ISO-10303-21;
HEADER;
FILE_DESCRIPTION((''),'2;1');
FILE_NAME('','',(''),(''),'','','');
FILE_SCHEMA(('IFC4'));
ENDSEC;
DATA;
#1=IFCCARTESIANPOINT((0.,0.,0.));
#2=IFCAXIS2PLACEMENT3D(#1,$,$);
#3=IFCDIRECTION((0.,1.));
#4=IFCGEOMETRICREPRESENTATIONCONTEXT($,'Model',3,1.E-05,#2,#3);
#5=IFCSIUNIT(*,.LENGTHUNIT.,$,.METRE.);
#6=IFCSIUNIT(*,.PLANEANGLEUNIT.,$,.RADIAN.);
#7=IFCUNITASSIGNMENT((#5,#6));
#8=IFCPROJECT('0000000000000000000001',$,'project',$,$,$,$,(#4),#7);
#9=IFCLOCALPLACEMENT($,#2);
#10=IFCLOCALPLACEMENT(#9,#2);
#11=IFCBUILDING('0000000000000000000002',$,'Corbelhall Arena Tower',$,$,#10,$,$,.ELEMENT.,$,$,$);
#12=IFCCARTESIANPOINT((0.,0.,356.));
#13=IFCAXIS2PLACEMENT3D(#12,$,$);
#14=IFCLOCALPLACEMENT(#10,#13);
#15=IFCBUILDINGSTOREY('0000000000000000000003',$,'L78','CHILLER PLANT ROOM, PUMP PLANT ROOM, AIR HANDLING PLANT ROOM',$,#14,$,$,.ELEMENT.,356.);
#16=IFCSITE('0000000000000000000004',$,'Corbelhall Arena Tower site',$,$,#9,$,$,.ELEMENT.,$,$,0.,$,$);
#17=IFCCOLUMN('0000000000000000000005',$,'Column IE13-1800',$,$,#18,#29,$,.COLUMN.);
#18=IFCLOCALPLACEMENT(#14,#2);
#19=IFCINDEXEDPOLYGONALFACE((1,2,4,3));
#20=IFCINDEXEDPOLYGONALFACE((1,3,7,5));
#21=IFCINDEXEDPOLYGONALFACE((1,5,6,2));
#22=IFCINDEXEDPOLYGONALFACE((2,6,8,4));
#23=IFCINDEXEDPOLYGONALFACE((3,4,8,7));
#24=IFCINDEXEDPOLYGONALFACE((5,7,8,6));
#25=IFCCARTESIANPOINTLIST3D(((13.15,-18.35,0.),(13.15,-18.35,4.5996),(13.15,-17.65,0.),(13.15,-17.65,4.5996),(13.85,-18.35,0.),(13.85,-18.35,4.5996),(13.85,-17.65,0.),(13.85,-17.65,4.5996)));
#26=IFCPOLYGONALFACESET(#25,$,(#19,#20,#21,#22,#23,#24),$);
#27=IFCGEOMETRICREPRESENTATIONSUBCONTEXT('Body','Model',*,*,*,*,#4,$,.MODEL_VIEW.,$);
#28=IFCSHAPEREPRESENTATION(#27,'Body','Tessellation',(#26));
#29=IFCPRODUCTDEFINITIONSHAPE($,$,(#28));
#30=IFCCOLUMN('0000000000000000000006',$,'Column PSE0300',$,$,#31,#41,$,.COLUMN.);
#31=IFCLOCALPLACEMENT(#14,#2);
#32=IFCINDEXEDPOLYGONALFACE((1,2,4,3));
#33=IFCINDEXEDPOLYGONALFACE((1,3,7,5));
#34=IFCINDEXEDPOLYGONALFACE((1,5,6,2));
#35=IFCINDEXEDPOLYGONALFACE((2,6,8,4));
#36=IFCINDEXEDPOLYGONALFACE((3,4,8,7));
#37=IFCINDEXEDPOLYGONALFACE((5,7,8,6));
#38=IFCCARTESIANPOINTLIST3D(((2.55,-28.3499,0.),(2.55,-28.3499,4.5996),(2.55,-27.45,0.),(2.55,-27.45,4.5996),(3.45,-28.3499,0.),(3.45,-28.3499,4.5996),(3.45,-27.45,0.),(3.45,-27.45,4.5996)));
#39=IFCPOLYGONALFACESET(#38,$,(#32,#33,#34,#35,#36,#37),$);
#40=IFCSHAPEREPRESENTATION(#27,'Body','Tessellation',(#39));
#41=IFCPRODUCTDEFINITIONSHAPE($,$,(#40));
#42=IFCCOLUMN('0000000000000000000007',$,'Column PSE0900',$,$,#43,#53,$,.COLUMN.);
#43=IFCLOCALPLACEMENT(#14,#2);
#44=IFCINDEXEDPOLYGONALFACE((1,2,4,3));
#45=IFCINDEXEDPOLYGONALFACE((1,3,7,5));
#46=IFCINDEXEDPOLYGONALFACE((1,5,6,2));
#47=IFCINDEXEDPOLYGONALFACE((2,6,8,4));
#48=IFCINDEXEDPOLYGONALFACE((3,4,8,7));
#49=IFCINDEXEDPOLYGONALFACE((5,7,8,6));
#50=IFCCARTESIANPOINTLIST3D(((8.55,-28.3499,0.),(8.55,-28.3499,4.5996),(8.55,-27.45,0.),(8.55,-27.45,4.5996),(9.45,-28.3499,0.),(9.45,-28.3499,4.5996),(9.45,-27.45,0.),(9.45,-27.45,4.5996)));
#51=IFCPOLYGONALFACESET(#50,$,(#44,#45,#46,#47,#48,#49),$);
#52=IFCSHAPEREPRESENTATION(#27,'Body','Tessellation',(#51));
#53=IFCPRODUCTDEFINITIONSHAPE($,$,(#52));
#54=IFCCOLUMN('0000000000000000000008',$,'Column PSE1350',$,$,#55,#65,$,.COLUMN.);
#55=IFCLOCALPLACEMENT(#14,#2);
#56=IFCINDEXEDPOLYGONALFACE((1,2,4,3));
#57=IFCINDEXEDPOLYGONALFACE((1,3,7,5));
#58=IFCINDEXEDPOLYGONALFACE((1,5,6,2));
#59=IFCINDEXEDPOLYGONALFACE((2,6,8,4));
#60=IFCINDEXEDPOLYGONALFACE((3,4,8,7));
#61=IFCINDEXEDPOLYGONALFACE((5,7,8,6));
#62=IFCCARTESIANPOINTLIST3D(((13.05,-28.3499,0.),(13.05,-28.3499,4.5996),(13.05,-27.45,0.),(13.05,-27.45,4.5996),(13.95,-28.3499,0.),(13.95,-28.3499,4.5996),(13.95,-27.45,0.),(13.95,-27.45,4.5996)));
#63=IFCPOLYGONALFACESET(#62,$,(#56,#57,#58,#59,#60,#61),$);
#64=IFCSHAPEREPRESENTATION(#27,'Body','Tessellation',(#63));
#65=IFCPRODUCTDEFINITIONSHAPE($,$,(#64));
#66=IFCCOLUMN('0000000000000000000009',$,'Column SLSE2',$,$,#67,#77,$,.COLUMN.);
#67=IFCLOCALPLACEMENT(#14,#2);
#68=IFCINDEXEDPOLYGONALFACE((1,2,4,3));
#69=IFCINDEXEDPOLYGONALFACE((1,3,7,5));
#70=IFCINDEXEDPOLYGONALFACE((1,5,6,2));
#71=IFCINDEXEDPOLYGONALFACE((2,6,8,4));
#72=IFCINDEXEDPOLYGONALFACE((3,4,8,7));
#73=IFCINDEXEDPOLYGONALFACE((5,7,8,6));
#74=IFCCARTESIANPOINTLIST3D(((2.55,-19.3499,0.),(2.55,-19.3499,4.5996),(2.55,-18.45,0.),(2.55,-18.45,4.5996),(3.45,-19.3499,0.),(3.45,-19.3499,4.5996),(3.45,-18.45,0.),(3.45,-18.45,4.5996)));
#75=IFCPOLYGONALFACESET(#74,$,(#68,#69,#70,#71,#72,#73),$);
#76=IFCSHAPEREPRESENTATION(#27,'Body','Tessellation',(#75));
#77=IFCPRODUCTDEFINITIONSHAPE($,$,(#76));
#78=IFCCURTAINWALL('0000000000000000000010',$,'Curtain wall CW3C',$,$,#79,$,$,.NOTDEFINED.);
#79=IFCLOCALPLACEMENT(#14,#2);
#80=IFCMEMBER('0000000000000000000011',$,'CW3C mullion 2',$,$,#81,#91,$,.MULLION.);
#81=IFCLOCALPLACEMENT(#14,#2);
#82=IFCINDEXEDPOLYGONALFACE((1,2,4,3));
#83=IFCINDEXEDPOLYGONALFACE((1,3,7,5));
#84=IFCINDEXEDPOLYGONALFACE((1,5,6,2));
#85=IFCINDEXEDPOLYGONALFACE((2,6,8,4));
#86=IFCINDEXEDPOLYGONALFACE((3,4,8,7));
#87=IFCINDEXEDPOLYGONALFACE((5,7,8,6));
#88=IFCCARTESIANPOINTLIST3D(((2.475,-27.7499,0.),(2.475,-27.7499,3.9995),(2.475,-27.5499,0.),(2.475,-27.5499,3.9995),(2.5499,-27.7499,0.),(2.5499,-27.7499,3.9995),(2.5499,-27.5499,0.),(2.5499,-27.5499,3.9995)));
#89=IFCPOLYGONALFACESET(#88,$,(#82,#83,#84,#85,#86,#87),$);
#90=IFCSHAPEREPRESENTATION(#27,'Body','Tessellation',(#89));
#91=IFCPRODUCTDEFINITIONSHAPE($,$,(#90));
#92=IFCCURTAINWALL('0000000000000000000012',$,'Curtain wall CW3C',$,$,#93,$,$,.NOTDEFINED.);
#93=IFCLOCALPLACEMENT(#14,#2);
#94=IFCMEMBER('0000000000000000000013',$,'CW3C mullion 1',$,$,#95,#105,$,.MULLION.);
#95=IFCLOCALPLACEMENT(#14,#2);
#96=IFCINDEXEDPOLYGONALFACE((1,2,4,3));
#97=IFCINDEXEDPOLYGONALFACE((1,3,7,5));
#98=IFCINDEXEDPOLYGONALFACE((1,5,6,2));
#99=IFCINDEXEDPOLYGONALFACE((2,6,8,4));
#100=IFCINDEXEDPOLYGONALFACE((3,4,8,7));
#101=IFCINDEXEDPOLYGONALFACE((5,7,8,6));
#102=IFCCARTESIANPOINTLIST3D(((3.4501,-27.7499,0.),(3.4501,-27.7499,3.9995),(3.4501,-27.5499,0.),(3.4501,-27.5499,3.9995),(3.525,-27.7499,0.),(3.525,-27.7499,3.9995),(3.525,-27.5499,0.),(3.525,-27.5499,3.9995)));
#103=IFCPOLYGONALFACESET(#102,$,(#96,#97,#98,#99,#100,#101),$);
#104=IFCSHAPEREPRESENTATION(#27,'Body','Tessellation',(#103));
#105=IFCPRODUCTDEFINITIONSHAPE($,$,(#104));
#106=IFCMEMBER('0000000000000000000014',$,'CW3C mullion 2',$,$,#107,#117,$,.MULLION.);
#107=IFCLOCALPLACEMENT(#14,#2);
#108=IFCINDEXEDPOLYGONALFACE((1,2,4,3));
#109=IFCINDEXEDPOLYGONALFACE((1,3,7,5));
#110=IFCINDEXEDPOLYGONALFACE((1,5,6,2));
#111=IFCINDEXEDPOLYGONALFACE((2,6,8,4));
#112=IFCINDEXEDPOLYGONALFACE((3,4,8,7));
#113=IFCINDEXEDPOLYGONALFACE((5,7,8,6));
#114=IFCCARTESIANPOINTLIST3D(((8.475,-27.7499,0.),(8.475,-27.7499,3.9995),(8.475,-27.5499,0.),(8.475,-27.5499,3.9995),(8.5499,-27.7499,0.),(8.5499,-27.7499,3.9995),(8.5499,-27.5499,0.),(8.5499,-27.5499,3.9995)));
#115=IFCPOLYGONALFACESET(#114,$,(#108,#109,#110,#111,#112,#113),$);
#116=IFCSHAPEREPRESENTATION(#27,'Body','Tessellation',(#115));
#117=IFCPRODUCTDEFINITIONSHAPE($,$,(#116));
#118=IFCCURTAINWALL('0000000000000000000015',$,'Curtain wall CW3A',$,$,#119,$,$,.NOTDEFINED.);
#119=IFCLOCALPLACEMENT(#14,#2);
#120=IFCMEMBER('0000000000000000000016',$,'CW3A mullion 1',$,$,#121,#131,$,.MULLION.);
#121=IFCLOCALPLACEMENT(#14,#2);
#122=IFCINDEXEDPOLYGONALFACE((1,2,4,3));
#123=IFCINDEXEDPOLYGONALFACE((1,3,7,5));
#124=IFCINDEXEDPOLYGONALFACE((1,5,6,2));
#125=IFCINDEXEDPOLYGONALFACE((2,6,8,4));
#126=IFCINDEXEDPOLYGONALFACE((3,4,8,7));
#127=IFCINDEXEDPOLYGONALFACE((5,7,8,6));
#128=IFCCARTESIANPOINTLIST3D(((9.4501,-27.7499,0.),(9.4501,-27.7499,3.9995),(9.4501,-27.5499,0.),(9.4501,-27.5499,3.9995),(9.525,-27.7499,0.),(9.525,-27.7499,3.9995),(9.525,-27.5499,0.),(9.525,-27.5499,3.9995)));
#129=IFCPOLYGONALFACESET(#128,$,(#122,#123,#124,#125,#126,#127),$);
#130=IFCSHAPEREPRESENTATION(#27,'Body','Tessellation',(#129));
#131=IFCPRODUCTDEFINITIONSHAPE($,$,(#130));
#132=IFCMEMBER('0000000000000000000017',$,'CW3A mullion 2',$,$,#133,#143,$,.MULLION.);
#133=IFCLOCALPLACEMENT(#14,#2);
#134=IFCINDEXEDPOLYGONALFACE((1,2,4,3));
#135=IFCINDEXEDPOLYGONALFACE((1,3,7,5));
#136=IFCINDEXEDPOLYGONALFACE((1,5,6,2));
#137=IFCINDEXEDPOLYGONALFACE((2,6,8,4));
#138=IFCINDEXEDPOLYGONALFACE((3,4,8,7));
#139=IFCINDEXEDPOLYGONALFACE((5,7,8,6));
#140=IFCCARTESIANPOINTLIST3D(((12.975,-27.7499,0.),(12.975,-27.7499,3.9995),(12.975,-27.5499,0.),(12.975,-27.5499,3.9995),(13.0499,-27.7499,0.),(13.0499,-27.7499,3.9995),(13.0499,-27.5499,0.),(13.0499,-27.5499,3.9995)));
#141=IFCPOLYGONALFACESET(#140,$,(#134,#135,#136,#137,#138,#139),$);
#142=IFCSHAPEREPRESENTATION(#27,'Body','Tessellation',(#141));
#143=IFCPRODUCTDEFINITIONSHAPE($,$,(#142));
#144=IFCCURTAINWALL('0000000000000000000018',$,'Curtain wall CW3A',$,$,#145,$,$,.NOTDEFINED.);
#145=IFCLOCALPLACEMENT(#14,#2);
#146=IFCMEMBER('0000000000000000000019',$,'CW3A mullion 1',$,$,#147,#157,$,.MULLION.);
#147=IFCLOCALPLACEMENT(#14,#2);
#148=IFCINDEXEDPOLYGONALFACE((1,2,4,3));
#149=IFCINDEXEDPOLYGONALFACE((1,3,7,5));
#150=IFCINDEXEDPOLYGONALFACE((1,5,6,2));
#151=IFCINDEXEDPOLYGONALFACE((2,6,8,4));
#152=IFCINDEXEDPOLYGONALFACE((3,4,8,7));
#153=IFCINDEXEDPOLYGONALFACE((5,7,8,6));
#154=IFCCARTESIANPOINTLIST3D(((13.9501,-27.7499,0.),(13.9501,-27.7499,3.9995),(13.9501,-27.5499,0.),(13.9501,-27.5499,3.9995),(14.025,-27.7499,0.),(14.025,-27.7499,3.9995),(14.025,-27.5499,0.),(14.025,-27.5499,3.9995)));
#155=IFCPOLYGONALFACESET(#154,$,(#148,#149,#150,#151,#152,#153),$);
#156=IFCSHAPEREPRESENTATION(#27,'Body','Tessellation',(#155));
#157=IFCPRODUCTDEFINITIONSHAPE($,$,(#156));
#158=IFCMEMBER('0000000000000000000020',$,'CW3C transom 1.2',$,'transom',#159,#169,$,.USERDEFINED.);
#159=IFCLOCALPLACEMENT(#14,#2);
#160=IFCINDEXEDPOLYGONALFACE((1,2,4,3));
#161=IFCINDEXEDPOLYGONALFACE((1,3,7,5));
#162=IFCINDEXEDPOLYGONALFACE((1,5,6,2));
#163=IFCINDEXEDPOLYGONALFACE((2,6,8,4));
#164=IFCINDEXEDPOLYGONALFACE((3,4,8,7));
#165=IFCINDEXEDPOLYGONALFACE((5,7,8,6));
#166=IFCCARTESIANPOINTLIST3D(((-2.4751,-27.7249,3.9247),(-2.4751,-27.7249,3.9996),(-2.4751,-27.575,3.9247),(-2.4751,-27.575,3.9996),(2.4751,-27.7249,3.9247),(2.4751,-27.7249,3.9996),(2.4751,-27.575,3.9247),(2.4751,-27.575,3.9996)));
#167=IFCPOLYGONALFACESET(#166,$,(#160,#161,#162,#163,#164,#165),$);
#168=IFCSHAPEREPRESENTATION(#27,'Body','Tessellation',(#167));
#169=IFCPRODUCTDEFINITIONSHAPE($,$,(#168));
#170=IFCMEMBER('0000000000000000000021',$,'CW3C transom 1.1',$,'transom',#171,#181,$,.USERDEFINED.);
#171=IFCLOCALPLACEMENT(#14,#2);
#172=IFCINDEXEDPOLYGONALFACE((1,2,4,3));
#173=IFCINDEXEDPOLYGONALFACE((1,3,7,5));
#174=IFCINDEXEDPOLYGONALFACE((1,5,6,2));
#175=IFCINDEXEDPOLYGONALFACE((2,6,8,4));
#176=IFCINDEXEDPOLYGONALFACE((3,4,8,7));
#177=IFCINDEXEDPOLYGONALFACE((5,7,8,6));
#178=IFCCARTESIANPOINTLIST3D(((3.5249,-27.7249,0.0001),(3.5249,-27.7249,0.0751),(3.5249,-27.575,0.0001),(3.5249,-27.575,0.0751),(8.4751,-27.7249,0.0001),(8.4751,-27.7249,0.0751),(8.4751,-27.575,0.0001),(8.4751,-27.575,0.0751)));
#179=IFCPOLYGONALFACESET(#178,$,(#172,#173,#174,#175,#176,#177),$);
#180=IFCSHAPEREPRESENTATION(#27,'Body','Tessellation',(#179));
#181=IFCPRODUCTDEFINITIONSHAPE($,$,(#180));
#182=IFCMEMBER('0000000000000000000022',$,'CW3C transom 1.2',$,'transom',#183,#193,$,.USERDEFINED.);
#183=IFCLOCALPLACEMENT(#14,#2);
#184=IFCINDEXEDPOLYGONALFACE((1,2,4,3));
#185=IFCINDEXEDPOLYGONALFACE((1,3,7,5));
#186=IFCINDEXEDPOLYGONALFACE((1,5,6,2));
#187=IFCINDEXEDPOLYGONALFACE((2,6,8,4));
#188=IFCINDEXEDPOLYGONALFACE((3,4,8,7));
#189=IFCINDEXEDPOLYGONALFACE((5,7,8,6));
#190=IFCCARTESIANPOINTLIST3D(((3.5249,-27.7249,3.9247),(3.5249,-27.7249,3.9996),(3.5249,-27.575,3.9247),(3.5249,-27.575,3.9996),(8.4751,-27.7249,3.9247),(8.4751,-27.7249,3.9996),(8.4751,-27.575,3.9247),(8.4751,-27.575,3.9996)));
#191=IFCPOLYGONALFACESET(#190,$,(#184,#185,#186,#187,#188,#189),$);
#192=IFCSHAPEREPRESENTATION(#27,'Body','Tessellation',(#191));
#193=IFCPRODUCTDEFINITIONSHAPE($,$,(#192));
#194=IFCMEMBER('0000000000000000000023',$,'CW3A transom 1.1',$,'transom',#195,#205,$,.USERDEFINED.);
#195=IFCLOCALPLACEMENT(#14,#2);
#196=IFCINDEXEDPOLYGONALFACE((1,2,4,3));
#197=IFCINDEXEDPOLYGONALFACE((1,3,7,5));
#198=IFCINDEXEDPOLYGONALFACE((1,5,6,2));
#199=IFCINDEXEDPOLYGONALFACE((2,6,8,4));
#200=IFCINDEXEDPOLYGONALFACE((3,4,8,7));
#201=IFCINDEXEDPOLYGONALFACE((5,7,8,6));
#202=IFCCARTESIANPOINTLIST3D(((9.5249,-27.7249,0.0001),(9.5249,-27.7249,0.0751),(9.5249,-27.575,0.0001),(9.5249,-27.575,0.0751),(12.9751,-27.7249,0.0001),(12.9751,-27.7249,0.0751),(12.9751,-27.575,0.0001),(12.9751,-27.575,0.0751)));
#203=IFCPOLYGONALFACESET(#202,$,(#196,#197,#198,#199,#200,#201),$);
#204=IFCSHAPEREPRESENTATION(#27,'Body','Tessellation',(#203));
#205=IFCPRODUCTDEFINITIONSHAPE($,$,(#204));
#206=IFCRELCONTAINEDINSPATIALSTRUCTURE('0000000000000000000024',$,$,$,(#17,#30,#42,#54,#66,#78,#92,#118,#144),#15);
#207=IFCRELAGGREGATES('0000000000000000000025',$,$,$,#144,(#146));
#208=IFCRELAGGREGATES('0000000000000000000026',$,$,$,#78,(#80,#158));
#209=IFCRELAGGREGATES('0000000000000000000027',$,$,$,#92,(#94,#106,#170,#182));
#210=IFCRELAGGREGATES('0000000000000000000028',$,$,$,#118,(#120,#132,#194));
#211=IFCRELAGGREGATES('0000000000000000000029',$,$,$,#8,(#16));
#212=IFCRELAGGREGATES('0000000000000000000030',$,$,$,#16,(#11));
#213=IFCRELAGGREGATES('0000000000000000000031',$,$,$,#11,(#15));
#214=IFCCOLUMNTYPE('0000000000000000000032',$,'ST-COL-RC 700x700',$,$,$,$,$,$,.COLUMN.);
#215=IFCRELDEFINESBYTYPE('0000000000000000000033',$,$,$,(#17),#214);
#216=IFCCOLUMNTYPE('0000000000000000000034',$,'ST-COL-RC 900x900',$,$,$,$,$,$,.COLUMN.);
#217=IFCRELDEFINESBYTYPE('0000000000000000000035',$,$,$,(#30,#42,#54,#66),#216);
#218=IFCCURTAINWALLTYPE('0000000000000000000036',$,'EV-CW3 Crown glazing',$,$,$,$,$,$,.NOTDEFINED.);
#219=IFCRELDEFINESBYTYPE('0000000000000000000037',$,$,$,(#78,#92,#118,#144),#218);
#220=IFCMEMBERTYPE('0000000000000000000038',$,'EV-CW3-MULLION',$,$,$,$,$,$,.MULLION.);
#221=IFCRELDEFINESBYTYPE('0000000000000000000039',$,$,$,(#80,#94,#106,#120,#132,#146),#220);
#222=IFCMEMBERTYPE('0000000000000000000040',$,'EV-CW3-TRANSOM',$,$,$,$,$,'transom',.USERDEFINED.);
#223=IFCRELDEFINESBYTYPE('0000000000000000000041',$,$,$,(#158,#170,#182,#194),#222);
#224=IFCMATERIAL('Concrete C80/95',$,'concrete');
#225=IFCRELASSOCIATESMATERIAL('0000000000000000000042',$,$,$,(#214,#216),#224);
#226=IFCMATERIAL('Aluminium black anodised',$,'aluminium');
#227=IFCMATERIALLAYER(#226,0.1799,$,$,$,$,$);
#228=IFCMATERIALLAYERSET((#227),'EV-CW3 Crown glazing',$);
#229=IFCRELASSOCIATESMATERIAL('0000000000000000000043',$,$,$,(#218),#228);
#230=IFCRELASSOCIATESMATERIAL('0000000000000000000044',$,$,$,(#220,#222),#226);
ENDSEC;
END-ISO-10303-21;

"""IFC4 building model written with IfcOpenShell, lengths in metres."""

from ifc_helpers import new_model, si_unit, direction, frame, origin, origin_2d, place, context, subcontext, project, spatial, rectangle, extrude, material, layer, layer_set, material_profile, profile_set, type_object, element, aggregate, save


model = new_model("IFC4")

# Units and contexts
model_context = context("Model", 3, precision=1e-05, world=origin(), true_north=direction((0.0, 1.0)))
body_context = subcontext(model_context, "Body", "Model", "MODEL_VIEW")
ifc_project = project(units=[si_unit("LENGTHUNIT", "METRE"), si_unit("PLANEANGLEUNIT", "RADIAN")], contexts=[model_context])

# Site, building, storey
site_placement = place(None, origin())
site = spatial("IfcSite", under=ifc_project, at=site_placement, Name="Corbelhall Arena Tower site", CompositionType="ELEMENT", RefElevation=0.0)
building_placement = place(site_placement, origin())
building = spatial("IfcBuilding", under=site, at=building_placement, Name="Corbelhall Arena Tower", CompositionType="ELEMENT")
storey_placement = place(building_placement, frame((0.0, 0.0, 356.0)))
storey = spatial("IfcBuildingStorey", under=building, at=storey_placement, Name="L78", Description="CHILLER PLANT ROOM, PUMP PLANT ROOM, AIR HANDLING PLANT ROOM", CompositionType="ELEMENT", Elevation=356.0)

# Columns
ifc_material_1 = material(Name="Concrete C80/95", Category="concrete")
ifc_material_profile_1 = material_profile(ifc_material_1, rectangle(XDim=0.7, YDim=0.7, at=origin_2d()))
ifc_profile_set_1 = profile_set([ifc_material_profile_1], Name="Concrete C80/95")
column_type_1 = type_object("IfcColumnType", Name="ST-COL-RC 700x700", PredefinedType="COLUMN", material=ifc_profile_set_1)
column_placement = place(storey_placement, frame((13.5, -18.0, 0.0), z_axis=(0.0, 0.0, 1.0), x_axis=(1.0, 0.0, 0.0)))
element("IfcColumn", 1, at=column_placement, inside=storey, type_object=column_type_1, Name="Column IE13-1800", PredefinedType="COLUMN", context=body_context, shape_type="SweptSolid", body=[
    extrude(rectangle(XDim=0.7, YDim=0.7, at=origin_2d()), origin(), (0.0, 0.0, 1.0), 4.5996),
])
ifc_material_profile_2 = material_profile(ifc_material_1, rectangle(XDim=0.8999, YDim=0.8999, at=origin_2d()))
ifc_profile_set_2 = profile_set([ifc_material_profile_2], Name="Concrete C80/95")
column_type_2 = type_object("IfcColumnType", Name="ST-COL-RC 900x900", PredefinedType="COLUMN", material=ifc_profile_set_2)
for number, where, z_axis, x_axis, name in (
    (2, (3.0, -27.8999, 0.0), (0.0, 0.0, 1.0), (1.0, 0.0, 0.0), "Column PSE0300"),
    (3, (9.0, -27.8999, 0.0), (0.0, 0.0, 1.0), (1.0, 0.0, 0.0), "Column PSE0900"),
    (4, (13.5, -27.8999, 0.0), (0.0, 0.0, 1.0), (1.0, 0.0, 0.0), "Column PSE1350"),
    (5, (3.0, -18.8999, 0.0), (0.0, 0.0, 1.0), (1.0, 0.0, 0.0), "Column SLSE2"),
):
    element("IfcColumn", number, at=place(storey_placement, frame(where, z_axis=z_axis, x_axis=x_axis)), inside=storey, type_object=column_type_2, Name=name, PredefinedType="COLUMN", context=body_context, shape_type="SweptSolid", body=[
        extrude(rectangle(XDim=0.8999, YDim=0.8999, at=origin_2d()), origin(), (0.0, 0.0, 1.0), 4.5996),
    ])

# Curtain wall, member
ifc_material_2 = material(Name="Aluminium black anodised", Category="aluminium")
ifc_layer_1 = layer(ifc_material_2, 0.1799)
ifc_layer_set_1 = layer_set([ifc_layer_1], Name="EV-CW3 Crown glazing")
curtain_wall_type = type_object("IfcCurtainWallType", Name="EV-CW3 Crown glazing", PredefinedType="NOTDEFINED", material=ifc_layer_set_1)
curtain_wall_1_placement = place(storey_placement, origin())
curtain_wall_1 = element("IfcCurtainWall", 6, at=curtain_wall_1_placement, inside=storey, type_object=curtain_wall_type, Name="Curtain wall CW3C", PredefinedType="NOTDEFINED")
ifc_material_profile_3 = material_profile(ifc_material_2, rectangle(XDim=0.2, YDim=0.075, at=origin_2d()))
ifc_profile_set_3 = profile_set([ifc_material_profile_3], Name="Aluminium black anodised")
member_type_1 = type_object("IfcMemberType", Name="EV-CW3-MULLION", PredefinedType="MULLION", material=ifc_profile_set_3)
member_1_placement = place(storey_placement, frame((2.5125, -27.6499, 0.0), z_axis=(0.0, 0.0, 1.0), x_axis=(0.0, 1.0, 0.0)))
member_1 = element("IfcMember", 7, at=member_1_placement, type_object=member_type_1, Name="CW3C mullion 2", PredefinedType="MULLION", context=body_context, shape_type="SweptSolid", body=[
    extrude(rectangle(XDim=0.2, YDim=0.075, at=origin_2d()), origin(), (0.0, 0.0, 1.0), 3.9995),
])

# Curtain walls, members
curtain_wall_2_placement = place(storey_placement, origin())
curtain_wall_2 = element("IfcCurtainWall", 8, at=curtain_wall_2_placement, inside=storey, type_object=curtain_wall_type, Name="Curtain wall CW3C", PredefinedType="NOTDEFINED")
member_2_placement = place(storey_placement, frame((3.4875, -27.6499, 0.0), z_axis=(0.0, 0.0, 1.0), x_axis=(0.0, 1.0, 0.0)))
member_2 = element("IfcMember", 9, at=member_2_placement, type_object=member_type_1, Name="CW3C mullion 1", PredefinedType="MULLION", context=body_context, shape_type="SweptSolid", body=[
    extrude(rectangle(XDim=0.2, YDim=0.075, at=origin_2d()), origin(), (0.0, 0.0, 1.0), 3.9995),
])
member_3_placement = place(storey_placement, frame((8.5125, -27.6499, 0.0), z_axis=(0.0, 0.0, 1.0), x_axis=(0.0, 1.0, 0.0)))
member_3 = element("IfcMember", 10, at=member_3_placement, type_object=member_type_1, Name="CW3C mullion 2", PredefinedType="MULLION", context=body_context, shape_type="SweptSolid", body=[
    extrude(rectangle(XDim=0.2, YDim=0.075, at=origin_2d()), origin(), (0.0, 0.0, 1.0), 3.9995),
])
curtain_wall_3_placement = place(storey_placement, origin())
curtain_wall_3 = element("IfcCurtainWall", 11, at=curtain_wall_3_placement, inside=storey, type_object=curtain_wall_type, Name="Curtain wall CW3A", PredefinedType="NOTDEFINED")
member_4_placement = place(storey_placement, frame((9.4875, -27.6499, 0.0), z_axis=(0.0, 0.0, 1.0), x_axis=(0.0, 1.0, 0.0)))
member_4 = element("IfcMember", 12, at=member_4_placement, type_object=member_type_1, Name="CW3A mullion 1", PredefinedType="MULLION", context=body_context, shape_type="SweptSolid", body=[
    extrude(rectangle(XDim=0.2, YDim=0.075, at=origin_2d()), origin(), (0.0, 0.0, 1.0), 3.9995),
])
member_5_placement = place(storey_placement, frame((13.0125, -27.6499, 0.0), z_axis=(0.0, 0.0, 1.0), x_axis=(0.0, 1.0, 0.0)))
member_5 = element("IfcMember", 13, at=member_5_placement, type_object=member_type_1, Name="CW3A mullion 2", PredefinedType="MULLION", context=body_context, shape_type="SweptSolid", body=[
    extrude(rectangle(XDim=0.2, YDim=0.075, at=origin_2d()), origin(), (0.0, 0.0, 1.0), 3.9995),
])

# Curtain wall, member
curtain_wall_4_placement = place(storey_placement, origin())
curtain_wall_4 = element("IfcCurtainWall", 14, at=curtain_wall_4_placement, inside=storey, type_object=curtain_wall_type, Name="Curtain wall CW3A", PredefinedType="NOTDEFINED")
member_6_placement = place(storey_placement, frame((13.9875, -27.6499, 0.0), z_axis=(0.0, 0.0, 1.0), x_axis=(0.0, 1.0, 0.0)))
member_6 = element("IfcMember", 15, at=member_6_placement, type_object=member_type_1, Name="CW3A mullion 1", PredefinedType="MULLION", context=body_context, shape_type="SweptSolid", body=[
    extrude(rectangle(XDim=0.2, YDim=0.075, at=origin_2d()), origin(), (0.0, 0.0, 1.0), 3.9995),
])

# Members
ifc_material_profile_4 = material_profile(ifc_material_2, rectangle(XDim=0.1499, YDim=0.075, at=origin_2d()))
ifc_profile_set_4 = profile_set([ifc_material_profile_4], Name="Aluminium black anodised")
member_type_2 = type_object("IfcMemberType", Name="EV-CW3-TRANSOM", ElementType="transom", PredefinedType="USERDEFINED", material=ifc_profile_set_4)
member_7_placement = place(storey_placement, frame((-2.4751, -27.6499, 3.9622), z_axis=(1.0, 0.0, 0.0), x_axis=(0.0, 1.0, 0.0)))
member_7 = element("IfcMember", 16, at=member_7_placement, type_object=member_type_2, Name="CW3C transom 1.2", ObjectType="transom", PredefinedType="USERDEFINED", context=body_context, shape_type="SweptSolid", body=[
    extrude(rectangle(XDim=0.1499, YDim=0.075, at=origin_2d()), origin(), (0.0, 0.0, 1.0), 4.9502),
])
member_8_placement = place(storey_placement, frame((3.5249, -27.6499, 0.0376), z_axis=(1.0, 0.0, 0.0), x_axis=(0.0, 1.0, 0.0)))
member_8 = element("IfcMember", 17, at=member_8_placement, type_object=member_type_2, Name="CW3C transom 1.1", ObjectType="transom", PredefinedType="USERDEFINED", context=body_context, shape_type="SweptSolid", body=[
    extrude(rectangle(XDim=0.1499, YDim=0.075, at=origin_2d()), origin(), (0.0, 0.0, 1.0), 4.9502),
])
member_9_placement = place(storey_placement, frame((3.5249, -27.6499, 3.9622), z_axis=(1.0, 0.0, 0.0), x_axis=(0.0, 1.0, 0.0)))
member_9 = element("IfcMember", 18, at=member_9_placement, type_object=member_type_2, Name="CW3C transom 1.2", ObjectType="transom", PredefinedType="USERDEFINED", context=body_context, shape_type="SweptSolid", body=[
    extrude(rectangle(XDim=0.1499, YDim=0.075, at=origin_2d()), origin(), (0.0, 0.0, 1.0), 4.9502),
])
member_10_placement = place(storey_placement, frame((9.5249, -27.6499, 0.0376), z_axis=(1.0, 0.0, 0.0), x_axis=(0.0, 1.0, 0.0)))
member_10 = element("IfcMember", 19, at=member_10_placement, type_object=member_type_2, Name="CW3A transom 1.1", ObjectType="transom", PredefinedType="USERDEFINED", context=body_context, shape_type="SweptSolid", body=[
    extrude(rectangle(XDim=0.1499, YDim=0.075, at=origin_2d()), origin(), (0.0, 0.0, 1.0), 3.4502),
])
aggregate(curtain_wall_4, [member_6])

aggregate(curtain_wall_1, [member_1, member_7])
aggregate(curtain_wall_2, [member_2, member_3, member_8, member_9])
aggregate(curtain_wall_3, [member_4, member_5, member_10])

save(model, "model.ifc")
